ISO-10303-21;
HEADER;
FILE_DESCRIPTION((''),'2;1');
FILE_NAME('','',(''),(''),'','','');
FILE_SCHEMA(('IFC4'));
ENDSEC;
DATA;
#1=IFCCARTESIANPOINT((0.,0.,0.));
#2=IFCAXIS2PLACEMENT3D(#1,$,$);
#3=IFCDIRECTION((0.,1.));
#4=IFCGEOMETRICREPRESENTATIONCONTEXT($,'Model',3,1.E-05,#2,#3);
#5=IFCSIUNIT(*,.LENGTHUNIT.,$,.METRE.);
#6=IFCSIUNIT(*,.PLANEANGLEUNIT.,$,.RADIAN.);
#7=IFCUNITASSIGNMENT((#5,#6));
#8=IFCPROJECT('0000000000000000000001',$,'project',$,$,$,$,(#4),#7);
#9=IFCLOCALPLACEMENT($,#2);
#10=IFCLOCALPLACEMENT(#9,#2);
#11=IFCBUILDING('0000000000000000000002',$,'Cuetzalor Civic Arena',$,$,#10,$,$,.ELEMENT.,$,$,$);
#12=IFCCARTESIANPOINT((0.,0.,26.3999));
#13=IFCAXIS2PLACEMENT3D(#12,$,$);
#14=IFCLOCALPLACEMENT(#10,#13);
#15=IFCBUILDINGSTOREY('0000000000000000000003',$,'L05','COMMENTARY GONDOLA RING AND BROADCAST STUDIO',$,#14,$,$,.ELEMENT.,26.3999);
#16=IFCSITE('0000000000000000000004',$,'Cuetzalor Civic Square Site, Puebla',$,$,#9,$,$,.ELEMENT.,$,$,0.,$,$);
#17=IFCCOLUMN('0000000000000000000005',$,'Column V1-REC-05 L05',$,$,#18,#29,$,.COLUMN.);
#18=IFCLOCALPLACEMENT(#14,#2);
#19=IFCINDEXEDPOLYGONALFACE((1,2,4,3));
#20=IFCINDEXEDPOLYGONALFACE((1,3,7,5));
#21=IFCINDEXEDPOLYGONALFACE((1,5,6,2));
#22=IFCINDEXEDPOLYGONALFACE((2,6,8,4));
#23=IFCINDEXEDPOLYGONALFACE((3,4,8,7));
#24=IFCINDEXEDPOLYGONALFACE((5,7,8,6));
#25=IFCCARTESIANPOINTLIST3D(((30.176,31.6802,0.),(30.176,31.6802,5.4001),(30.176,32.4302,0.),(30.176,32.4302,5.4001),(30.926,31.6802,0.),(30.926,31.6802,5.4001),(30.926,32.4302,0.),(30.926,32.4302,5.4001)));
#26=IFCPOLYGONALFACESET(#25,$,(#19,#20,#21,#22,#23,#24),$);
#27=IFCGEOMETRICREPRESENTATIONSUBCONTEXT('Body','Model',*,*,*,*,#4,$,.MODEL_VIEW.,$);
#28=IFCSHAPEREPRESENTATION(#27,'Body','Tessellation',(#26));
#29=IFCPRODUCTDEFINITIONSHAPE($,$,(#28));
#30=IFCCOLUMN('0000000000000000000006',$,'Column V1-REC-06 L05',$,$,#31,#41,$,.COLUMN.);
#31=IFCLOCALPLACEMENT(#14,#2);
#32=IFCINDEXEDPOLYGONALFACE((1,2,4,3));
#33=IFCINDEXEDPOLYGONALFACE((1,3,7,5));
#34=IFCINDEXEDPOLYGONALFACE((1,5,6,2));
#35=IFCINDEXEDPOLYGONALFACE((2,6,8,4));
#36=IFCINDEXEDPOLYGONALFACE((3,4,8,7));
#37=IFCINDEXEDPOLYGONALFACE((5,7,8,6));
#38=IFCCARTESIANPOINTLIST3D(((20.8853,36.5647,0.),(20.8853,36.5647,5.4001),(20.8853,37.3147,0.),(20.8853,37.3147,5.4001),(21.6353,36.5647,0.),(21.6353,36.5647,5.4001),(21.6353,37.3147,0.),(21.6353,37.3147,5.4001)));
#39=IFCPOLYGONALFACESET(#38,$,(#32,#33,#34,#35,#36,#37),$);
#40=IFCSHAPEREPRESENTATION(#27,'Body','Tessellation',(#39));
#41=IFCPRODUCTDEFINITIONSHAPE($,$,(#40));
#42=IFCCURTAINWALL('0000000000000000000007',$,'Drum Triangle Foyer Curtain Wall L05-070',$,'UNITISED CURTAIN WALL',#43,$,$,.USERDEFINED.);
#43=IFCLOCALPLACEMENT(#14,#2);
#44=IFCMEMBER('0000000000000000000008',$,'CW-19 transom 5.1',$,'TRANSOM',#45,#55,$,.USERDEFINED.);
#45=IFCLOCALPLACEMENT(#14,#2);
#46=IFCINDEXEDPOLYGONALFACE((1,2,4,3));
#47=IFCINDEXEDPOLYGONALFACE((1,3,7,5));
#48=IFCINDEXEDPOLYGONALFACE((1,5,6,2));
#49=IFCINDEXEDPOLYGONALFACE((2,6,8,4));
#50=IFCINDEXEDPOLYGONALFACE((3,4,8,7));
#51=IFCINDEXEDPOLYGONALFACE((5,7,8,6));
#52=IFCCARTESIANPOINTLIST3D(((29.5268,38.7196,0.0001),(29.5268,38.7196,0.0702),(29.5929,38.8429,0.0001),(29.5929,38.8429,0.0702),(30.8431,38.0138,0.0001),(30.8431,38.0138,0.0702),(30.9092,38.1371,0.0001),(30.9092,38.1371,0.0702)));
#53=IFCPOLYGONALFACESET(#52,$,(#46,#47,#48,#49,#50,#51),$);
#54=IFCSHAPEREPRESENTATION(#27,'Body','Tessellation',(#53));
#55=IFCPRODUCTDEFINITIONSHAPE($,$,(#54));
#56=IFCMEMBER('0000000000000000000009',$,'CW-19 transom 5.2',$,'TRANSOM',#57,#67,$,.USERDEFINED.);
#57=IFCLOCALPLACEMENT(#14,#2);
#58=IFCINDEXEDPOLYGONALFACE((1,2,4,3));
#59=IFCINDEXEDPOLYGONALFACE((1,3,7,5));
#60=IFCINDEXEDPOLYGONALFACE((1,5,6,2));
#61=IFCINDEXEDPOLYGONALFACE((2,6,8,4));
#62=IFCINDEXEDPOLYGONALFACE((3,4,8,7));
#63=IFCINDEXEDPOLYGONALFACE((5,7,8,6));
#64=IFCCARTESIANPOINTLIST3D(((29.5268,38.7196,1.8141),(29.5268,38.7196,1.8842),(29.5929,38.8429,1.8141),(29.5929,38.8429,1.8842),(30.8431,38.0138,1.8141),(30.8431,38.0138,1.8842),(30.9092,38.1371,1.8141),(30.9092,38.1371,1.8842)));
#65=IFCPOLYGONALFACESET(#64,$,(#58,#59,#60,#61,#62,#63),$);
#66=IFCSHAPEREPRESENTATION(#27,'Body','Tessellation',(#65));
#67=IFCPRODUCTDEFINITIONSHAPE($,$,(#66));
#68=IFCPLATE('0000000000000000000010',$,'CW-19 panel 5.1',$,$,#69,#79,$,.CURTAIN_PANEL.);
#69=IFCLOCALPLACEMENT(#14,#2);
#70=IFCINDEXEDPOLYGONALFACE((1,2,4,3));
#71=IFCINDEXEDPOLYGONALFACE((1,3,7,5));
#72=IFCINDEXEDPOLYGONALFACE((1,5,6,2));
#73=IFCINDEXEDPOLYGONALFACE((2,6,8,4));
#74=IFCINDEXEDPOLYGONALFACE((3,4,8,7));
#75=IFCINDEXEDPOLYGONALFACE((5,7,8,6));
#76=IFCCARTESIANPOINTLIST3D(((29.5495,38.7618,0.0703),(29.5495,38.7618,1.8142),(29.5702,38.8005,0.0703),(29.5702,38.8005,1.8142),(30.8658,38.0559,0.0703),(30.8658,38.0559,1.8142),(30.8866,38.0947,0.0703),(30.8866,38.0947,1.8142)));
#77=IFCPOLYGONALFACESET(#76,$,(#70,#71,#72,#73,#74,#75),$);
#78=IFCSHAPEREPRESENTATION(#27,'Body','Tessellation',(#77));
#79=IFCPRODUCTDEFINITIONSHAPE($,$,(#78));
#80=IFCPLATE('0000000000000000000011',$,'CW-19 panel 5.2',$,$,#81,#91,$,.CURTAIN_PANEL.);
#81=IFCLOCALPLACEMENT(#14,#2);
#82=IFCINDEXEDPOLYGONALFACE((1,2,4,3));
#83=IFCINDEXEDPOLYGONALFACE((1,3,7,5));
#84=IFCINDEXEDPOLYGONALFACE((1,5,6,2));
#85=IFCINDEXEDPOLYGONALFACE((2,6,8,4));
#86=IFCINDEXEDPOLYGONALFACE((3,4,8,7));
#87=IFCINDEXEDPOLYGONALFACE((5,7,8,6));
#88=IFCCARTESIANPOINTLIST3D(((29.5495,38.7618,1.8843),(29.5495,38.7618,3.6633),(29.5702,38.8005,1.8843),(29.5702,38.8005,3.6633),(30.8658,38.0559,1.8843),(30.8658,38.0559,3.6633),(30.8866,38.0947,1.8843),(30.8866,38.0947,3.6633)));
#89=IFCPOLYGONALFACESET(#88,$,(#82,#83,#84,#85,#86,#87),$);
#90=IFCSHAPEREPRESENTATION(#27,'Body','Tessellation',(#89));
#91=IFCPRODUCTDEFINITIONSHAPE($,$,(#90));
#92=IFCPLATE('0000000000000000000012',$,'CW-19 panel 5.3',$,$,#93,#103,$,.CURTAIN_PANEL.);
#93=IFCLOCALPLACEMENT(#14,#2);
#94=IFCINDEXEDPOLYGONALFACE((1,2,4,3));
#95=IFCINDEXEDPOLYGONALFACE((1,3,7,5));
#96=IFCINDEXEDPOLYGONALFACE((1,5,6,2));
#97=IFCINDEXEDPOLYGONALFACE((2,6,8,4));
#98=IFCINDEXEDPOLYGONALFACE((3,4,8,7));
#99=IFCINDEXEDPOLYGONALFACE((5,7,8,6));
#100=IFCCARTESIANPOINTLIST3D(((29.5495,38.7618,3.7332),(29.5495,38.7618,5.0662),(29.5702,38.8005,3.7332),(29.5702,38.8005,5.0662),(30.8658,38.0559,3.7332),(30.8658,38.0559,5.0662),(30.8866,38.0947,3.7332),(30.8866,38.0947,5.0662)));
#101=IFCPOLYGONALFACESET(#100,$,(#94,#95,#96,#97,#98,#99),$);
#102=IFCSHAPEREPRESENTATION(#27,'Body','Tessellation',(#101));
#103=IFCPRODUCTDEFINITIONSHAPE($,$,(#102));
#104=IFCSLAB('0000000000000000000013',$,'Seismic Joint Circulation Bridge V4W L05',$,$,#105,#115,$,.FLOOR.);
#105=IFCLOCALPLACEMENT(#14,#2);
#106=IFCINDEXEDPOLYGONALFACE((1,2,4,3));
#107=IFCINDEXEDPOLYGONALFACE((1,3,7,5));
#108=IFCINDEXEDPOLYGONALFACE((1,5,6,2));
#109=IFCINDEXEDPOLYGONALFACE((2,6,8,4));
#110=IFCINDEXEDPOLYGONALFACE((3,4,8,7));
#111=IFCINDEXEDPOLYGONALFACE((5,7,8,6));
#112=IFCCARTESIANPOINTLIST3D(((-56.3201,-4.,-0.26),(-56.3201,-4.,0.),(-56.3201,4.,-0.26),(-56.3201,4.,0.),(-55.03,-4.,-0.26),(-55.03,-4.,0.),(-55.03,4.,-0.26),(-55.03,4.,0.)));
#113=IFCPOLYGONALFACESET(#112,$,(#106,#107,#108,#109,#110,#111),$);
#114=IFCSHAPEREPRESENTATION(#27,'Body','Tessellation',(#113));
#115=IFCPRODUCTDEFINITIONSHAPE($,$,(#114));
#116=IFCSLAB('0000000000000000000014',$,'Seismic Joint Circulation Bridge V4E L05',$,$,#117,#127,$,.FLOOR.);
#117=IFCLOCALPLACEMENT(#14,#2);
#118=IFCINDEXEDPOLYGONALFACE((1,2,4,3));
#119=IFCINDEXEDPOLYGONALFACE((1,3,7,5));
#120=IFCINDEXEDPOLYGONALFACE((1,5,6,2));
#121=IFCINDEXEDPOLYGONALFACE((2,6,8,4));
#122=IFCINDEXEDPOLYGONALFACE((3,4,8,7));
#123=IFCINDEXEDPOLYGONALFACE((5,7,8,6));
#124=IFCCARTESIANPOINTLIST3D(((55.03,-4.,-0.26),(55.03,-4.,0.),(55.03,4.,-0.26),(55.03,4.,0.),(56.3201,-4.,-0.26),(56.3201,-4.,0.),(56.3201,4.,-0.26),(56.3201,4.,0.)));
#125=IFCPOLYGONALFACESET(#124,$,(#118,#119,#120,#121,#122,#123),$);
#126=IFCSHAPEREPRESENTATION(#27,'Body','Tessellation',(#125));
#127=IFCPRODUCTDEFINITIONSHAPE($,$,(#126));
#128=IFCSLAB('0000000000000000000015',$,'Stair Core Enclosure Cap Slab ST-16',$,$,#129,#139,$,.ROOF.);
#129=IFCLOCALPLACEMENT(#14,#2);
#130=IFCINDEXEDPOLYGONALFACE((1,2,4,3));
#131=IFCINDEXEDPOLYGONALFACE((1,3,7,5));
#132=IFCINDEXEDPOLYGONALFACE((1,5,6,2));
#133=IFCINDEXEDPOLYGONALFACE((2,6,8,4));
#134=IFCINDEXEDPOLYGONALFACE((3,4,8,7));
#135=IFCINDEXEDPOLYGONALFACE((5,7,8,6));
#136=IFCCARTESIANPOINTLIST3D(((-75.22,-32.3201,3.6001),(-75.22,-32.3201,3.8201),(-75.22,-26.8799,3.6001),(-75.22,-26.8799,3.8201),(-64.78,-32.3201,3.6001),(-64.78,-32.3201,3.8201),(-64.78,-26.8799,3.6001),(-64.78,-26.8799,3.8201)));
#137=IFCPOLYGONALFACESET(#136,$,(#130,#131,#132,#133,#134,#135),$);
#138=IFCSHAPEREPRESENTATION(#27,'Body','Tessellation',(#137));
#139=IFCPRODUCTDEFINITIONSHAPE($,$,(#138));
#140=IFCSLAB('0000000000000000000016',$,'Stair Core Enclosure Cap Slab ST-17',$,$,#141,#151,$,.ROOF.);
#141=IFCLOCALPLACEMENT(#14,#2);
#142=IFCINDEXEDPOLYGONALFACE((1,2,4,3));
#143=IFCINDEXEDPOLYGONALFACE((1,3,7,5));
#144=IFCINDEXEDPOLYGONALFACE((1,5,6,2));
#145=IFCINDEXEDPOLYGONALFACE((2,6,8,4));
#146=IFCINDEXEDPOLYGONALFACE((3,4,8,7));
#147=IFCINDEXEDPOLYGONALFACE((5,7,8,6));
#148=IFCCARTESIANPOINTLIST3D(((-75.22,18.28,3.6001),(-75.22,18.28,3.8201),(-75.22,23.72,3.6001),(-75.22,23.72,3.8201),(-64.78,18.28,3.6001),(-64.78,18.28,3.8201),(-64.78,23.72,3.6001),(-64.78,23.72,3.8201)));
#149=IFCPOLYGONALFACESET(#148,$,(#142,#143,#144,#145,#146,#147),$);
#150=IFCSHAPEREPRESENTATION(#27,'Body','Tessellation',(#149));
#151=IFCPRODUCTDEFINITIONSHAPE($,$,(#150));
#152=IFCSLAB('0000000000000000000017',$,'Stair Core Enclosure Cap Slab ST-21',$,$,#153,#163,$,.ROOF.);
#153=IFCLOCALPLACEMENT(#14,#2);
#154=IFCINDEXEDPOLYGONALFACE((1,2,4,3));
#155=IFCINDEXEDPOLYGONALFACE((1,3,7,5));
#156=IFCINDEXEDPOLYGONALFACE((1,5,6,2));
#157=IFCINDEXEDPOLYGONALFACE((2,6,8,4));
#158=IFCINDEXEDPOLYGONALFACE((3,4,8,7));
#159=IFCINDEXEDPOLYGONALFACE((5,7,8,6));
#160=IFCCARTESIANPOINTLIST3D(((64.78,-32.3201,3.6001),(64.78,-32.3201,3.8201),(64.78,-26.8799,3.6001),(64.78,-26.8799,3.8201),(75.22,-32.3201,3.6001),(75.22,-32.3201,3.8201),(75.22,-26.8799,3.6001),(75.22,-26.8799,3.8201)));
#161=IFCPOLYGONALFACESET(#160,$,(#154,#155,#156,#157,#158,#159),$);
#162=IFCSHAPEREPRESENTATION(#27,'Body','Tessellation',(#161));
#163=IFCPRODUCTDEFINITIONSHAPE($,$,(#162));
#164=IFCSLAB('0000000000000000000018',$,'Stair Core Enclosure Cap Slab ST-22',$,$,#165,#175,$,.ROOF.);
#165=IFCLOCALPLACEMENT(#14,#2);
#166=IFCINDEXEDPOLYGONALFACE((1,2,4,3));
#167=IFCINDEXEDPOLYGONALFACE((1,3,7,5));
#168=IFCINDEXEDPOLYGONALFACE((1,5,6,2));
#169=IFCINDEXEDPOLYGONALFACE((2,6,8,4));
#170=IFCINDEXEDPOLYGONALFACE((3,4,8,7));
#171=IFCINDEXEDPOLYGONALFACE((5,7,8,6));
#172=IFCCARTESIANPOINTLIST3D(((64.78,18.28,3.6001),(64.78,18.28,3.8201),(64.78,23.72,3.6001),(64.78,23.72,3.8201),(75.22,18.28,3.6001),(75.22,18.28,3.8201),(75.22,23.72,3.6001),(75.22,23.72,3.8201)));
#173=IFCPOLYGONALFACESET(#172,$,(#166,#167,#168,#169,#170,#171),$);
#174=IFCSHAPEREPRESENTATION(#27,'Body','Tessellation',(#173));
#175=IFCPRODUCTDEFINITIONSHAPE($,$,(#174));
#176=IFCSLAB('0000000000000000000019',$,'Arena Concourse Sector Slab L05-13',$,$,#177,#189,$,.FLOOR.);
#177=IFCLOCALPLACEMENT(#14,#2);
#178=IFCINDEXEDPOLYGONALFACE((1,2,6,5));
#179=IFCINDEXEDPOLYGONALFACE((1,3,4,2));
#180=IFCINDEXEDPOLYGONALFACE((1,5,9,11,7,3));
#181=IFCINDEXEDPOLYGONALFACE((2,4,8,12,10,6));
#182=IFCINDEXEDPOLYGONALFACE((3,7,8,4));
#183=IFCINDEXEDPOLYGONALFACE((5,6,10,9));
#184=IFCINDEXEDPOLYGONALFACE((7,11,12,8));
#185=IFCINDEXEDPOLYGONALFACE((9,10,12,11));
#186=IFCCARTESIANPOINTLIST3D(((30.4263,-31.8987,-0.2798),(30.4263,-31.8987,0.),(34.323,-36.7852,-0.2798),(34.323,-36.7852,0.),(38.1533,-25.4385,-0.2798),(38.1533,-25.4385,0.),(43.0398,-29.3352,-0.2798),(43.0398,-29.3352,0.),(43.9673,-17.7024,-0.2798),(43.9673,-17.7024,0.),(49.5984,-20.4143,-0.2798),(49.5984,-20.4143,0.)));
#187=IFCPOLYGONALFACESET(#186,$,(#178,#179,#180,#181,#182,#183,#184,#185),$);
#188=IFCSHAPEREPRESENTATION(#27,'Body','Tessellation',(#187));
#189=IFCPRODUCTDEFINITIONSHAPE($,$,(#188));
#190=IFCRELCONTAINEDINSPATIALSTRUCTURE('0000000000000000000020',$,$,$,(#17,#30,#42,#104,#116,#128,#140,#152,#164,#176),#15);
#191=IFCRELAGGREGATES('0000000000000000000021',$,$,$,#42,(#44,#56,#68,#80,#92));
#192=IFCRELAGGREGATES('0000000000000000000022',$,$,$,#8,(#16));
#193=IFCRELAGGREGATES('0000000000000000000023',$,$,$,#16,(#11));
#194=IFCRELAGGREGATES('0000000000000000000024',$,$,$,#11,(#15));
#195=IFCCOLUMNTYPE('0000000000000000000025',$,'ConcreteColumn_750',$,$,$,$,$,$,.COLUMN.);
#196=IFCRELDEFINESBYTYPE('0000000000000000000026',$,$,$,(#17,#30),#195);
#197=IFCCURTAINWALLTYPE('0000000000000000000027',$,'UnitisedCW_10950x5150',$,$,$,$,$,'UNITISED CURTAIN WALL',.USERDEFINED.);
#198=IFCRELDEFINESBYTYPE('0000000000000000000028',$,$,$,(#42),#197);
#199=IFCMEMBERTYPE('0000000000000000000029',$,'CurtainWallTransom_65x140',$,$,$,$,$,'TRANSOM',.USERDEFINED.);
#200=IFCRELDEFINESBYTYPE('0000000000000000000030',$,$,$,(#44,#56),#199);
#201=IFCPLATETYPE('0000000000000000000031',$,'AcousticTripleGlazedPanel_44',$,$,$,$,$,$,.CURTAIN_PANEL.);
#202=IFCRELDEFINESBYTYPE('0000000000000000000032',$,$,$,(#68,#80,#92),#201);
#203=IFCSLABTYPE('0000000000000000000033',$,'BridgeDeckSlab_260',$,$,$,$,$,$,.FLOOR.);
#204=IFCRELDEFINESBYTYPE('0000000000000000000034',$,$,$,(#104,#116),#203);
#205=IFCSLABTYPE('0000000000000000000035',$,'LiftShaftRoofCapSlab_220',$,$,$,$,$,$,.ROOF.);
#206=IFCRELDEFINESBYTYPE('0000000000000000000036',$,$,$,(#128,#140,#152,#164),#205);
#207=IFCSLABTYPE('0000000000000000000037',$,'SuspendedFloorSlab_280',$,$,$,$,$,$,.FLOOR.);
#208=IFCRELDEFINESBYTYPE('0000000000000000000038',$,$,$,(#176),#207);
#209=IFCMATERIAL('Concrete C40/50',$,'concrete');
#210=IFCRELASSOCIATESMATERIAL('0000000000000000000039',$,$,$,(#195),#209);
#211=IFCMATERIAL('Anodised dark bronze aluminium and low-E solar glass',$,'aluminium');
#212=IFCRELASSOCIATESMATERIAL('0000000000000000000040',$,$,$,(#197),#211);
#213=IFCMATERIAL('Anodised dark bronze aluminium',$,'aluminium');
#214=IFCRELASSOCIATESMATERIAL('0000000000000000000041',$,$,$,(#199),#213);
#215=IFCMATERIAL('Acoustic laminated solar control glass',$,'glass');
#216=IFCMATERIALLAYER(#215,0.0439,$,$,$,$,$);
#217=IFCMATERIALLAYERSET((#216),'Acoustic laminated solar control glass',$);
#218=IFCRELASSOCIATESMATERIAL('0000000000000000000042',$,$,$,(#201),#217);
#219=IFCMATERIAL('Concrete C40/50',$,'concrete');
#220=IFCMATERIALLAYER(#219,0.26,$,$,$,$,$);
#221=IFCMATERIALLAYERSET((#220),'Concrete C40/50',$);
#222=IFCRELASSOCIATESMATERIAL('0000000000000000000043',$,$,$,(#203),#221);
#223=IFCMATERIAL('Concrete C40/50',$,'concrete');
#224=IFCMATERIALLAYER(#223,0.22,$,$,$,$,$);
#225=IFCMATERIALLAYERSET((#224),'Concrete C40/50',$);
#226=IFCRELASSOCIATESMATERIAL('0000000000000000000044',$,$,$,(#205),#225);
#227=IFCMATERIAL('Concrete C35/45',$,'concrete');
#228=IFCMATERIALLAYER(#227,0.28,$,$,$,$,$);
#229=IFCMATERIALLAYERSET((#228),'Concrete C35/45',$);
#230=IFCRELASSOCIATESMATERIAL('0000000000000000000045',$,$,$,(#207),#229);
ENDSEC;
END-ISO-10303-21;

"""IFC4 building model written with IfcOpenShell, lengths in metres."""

from ifc_helpers import new_model, si_unit, direction, frame, origin, origin_2d, place, context, subcontext, project, spatial, polyline, rectangle, outline, extrude, material, layer, layer_set, material_profile, profile_set, type_object, element, aggregate, save


model = new_model("IFC4")

# Units and contexts
model_context = context("Model", 3, precision=1e-05, world=origin(), true_north=direction((0.0, 1.0)))
body_context = subcontext(model_context, "Body", "Model", "MODEL_VIEW")
ifc_project = project(units=[si_unit("LENGTHUNIT", "METRE"), si_unit("PLANEANGLEUNIT", "RADIAN")], contexts=[model_context])

# Site, building, storey
site_placement = place(None, origin())
site = spatial("IfcSite", under=ifc_project, at=site_placement, Name="Cuetzalor Civic Square Site, Puebla", CompositionType="ELEMENT", RefElevation=0.0)
building_placement = place(site_placement, origin())
building = spatial("IfcBuilding", under=site, at=building_placement, Name="Cuetzalor Civic Arena", CompositionType="ELEMENT")
storey_placement = place(building_placement, frame((0.0, 0.0, 26.3999)))
storey = spatial("IfcBuildingStorey", under=building, at=storey_placement, Name="L05", Description="COMMENTARY GONDOLA RING AND BROADCAST STUDIO", CompositionType="ELEMENT", Elevation=26.3999)

# Columns
ifc_material_1 = material(Name="Concrete C40/50", Category="concrete")
ifc_material_profile_1 = material_profile(ifc_material_1, rectangle(XDim=0.75, YDim=0.75, at=origin_2d()), Name="RC 750x750")
ifc_profile_set_1 = profile_set([ifc_material_profile_1], Name="Concrete C40/50")
column_type = type_object("IfcColumnType", Name="ConcreteColumn_750", PredefinedType="COLUMN", material=ifc_profile_set_1)
for number, where, z_axis, x_axis, name in (
    (1, (30.551, 32.0552, 0.0), (0.0, 0.0, 1.0), (1.0, 0.0, 0.0), "Column V1-REC-05 L05"),
    (2, (21.2603, 36.9397, 0.0), (0.0, 0.0, 1.0), (1.0, 0.0, 0.0), "Column V1-REC-06 L05"),
):
    element("IfcColumn", number, at=place(storey_placement, frame(where, z_axis=z_axis, x_axis=x_axis)), inside=storey, type_object=column_type, Name=name, PredefinedType="COLUMN", context=body_context, shape_type="SweptSolid", body=[
        extrude(rectangle(XDim=0.75, YDim=0.75, at=origin_2d()), origin(), (0.0, 0.0, 1.0), 5.4001),
    ])

# Curtain wall, members, plates
ifc_material_2 = material(Name="Anodised dark bronze aluminium and low-E solar glass", Category="aluminium")
curtain_wall_type = type_object("IfcCurtainWallType", Name="UnitisedCW_10950x5150", ElementType="UNITISED CURTAIN WALL", PredefinedType="USERDEFINED", material=ifc_material_2)
curtain_wall_placement = place(storey_placement, origin())
curtain_wall = element("IfcCurtainWall", 3, at=curtain_wall_placement, inside=storey, type_object=curtain_wall_type, Name="Drum Triangle Foyer Curtain Wall L05-070", ObjectType="UNITISED CURTAIN WALL", PredefinedType="USERDEFINED")
ifc_material_3 = material(Name="Anodised dark bronze aluminium", Category="aluminium")
ifc_material_profile_2 = material_profile(ifc_material_3, rectangle(XDim=0.1399, YDim=0.0701, at=origin_2d()), Name="ALU TRANSOM 70x140")
ifc_profile_set_2 = profile_set([ifc_material_profile_2], Name="Anodised dark bronze aluminium")
member_type = type_object("IfcMemberType", Name="CurtainWallTransom_65x140", ElementType="TRANSOM", PredefinedType="USERDEFINED", material=ifc_profile_set_2)
member_1_placement = place(storey_placement, frame((29.5598, 38.7812, 0.0352), z_axis=(0.881315, -0.47253, 0.0), x_axis=(0.47253, 0.881315, 0.0)))
member_1 = element("IfcMember", 4, at=member_1_placement, type_object=member_type, Name="CW-19 transom 5.1", ObjectType="TRANSOM", PredefinedType="USERDEFINED", context=body_context, shape_type="SweptSolid", body=[
    extrude(rectangle(XDim=0.1399, YDim=0.0701, at=origin_2d()), origin(), (0.0, 0.0, 1.0), 1.4937),
])
member_2_placement = place(storey_placement, frame((29.5598, 38.7812, 1.8491), z_axis=(0.881315, -0.47253, 0.0), x_axis=(0.47253, 0.881315, 0.0)))
member_2 = element("IfcMember", 5, at=member_2_placement, type_object=member_type, Name="CW-19 transom 5.2", ObjectType="TRANSOM", PredefinedType="USERDEFINED", context=body_context, shape_type="SweptSolid", body=[
    extrude(rectangle(XDim=0.1399, YDim=0.0701, at=origin_2d()), origin(), (0.0, 0.0, 1.0), 1.4937),
])
ifc_material_4 = material(Name="Acoustic laminated solar control glass", Category="glass")
ifc_layer_1 = layer(ifc_material_4, 0.0439)
ifc_layer_set_1 = layer_set([ifc_layer_1], Name="Acoustic laminated solar control glass")
plate_type = type_object("IfcPlateType", Name="AcousticTripleGlazedPanel_44", PredefinedType="CURTAIN_PANEL", material=ifc_layer_set_1)
plate_1_placement = place(storey_placement, frame((30.218, 38.4282, 0.0703), z_axis=(0.0, 0.0, 1.0), x_axis=(0.881306, -0.472545, 0.0)))
plate_1 = element("IfcPlate", 6, at=plate_1_placement, type_object=plate_type, Name="CW-19 panel 5.1", PredefinedType="CURTAIN_PANEL", context=body_context, shape_type="SweptSolid", body=[
    extrude(rectangle(XDim=1.4937, YDim=0.0439, at=origin_2d()), origin(), (0.0, 0.0, 1.0), 1.7439),
])
plate_2_placement = place(storey_placement, frame((30.218, 38.4282, 1.8843), z_axis=(0.0, 0.0, 1.0), x_axis=(0.881306, -0.472545, 0.0)))
plate_2 = element("IfcPlate", 7, at=plate_2_placement, type_object=plate_type, Name="CW-19 panel 5.2", PredefinedType="CURTAIN_PANEL", context=body_context, shape_type="SweptSolid", body=[
    extrude(rectangle(XDim=1.4937, YDim=0.0439, at=origin_2d()), origin(), (0.0, 0.0, 1.0), 1.7791),
])
plate_3_placement = place(storey_placement, frame((30.218, 38.4282, 3.7332), z_axis=(0.0, 0.0, 1.0), x_axis=(0.881306, -0.472545, 0.0)))
plate_3 = element("IfcPlate", 8, at=plate_3_placement, type_object=plate_type, Name="CW-19 panel 5.3", PredefinedType="CURTAIN_PANEL", context=body_context, shape_type="SweptSolid", body=[
    extrude(rectangle(XDim=1.4937, YDim=0.0439, at=origin_2d()), origin(), (0.0, 0.0, 1.0), 1.333),
])
aggregate(curtain_wall, [member_1, member_2, plate_1, plate_2, plate_3])

# Slabs
ifc_material_5 = material(Name="Concrete C40/50", Category="concrete")
ifc_layer_2 = layer(ifc_material_5, 0.26)
ifc_layer_set_2 = layer_set([ifc_layer_2], Name="Concrete C40/50")
slab_type_1 = type_object("IfcSlabType", Name="BridgeDeckSlab_260", PredefinedType="FLOOR", material=ifc_layer_set_2)
slab_1_placement = place(storey_placement, frame((0.0, 0.0, -0.26)))
element("IfcSlab", 9, at=slab_1_placement, inside=storey, type_object=slab_type_1, Name="Seismic Joint Circulation Bridge V4W L05", PredefinedType="FLOOR", context=body_context, shape_type="SweptSolid", body=[
    extrude(outline(polyline([(-56.3201, -4.0), (-55.03, -4.0), (-55.03, 4.0), (-56.3201, 4.0), (-56.3201, -4.0)])), origin(), (0.0, 0.0, 1.0), 0.26),
])
slab_2_placement = place(storey_placement, frame((0.0, 0.0, -0.26)))
element("IfcSlab", 10, at=slab_2_placement, inside=storey, type_object=slab_type_1, Name="Seismic Joint Circulation Bridge V4E L05", PredefinedType="FLOOR", context=body_context, shape_type="SweptSolid", body=[
    extrude(outline(polyline([(55.03, -4.0), (56.3201, -4.0), (56.3201, 4.0), (55.03, 4.0), (55.03, -4.0)])), origin(), (0.0, 0.0, 1.0), 0.26),
])
ifc_material_6 = material(Name="Concrete C40/50", Category="concrete")
ifc_layer_3 = layer(ifc_material_6, 0.22)
ifc_layer_set_3 = layer_set([ifc_layer_3], Name="Concrete C40/50")
slab_type_2 = type_object("IfcSlabType", Name="LiftShaftRoofCapSlab_220", PredefinedType="ROOF", material=ifc_layer_set_3)
slab_3_placement = place(storey_placement, frame((0.0, 0.0, 3.6001)))
element("IfcSlab", 11, at=slab_3_placement, inside=storey, type_object=slab_type_2, Name="Stair Core Enclosure Cap Slab ST-16", PredefinedType="ROOF", context=body_context, shape_type="SweptSolid", body=[
    extrude(outline(polyline([(-75.22, -32.3201), (-64.78, -32.3201), (-64.78, -26.8799), (-75.22, -26.8799), (-75.22, -32.3201)])), origin(), (0.0, 0.0, 1.0), 0.22),
])
slab_4_placement = place(storey_placement, frame((0.0, 0.0, 3.6001)))
element("IfcSlab", 12, at=slab_4_placement, inside=storey, type_object=slab_type_2, Name="Stair Core Enclosure Cap Slab ST-17", PredefinedType="ROOF", context=body_context, shape_type="SweptSolid", body=[
    extrude(outline(polyline([(-75.22, 18.28), (-64.78, 18.28), (-64.78, 23.72), (-75.22, 23.72), (-75.22, 18.28)])), origin(), (0.0, 0.0, 1.0), 0.22),
])
slab_5_placement = place(storey_placement, frame((0.0, 0.0, 3.6001)))
element("IfcSlab", 13, at=slab_5_placement, inside=storey, type_object=slab_type_2, Name="Stair Core Enclosure Cap Slab ST-21", PredefinedType="ROOF", context=body_context, shape_type="SweptSolid", body=[
    extrude(outline(polyline([(64.78, -32.3201), (75.22, -32.3201), (75.22, -26.8799), (64.78, -26.8799), (64.78, -32.3201)])), origin(), (0.0, 0.0, 1.0), 0.22),
])
slab_6_placement = place(storey_placement, frame((0.0, 0.0, 3.6001)))
element("IfcSlab", 14, at=slab_6_placement, inside=storey, type_object=slab_type_2, Name="Stair Core Enclosure Cap Slab ST-22", PredefinedType="ROOF", context=body_context, shape_type="SweptSolid", body=[
    extrude(outline(polyline([(64.78, 18.28), (75.22, 18.28), (75.22, 23.72), (64.78, 23.72), (64.78, 18.28)])), origin(), (0.0, 0.0, 1.0), 0.22),
])
ifc_material_7 = material(Name="Concrete C35/45", Category="concrete")
ifc_layer_4 = layer(ifc_material_7, 0.28)
ifc_layer_set_4 = layer_set([ifc_layer_4], Name="Concrete C35/45")
slab_type_3 = type_object("IfcSlabType", Name="SuspendedFloorSlab_280", PredefinedType="FLOOR", material=ifc_layer_set_4)
slab_7_placement = place(storey_placement, frame((0.0, 0.0, -0.2798)))
element("IfcSlab", 15, at=slab_7_placement, inside=storey, type_object=slab_type_3, Name="Arena Concourse Sector Slab L05-13", PredefinedType="FLOOR", context=body_context, shape_type="SweptSolid", body=[
    extrude(outline(polyline([(30.4263, -31.8987), (38.1533, -25.4385), (43.9673, -17.7024), (49.5984, -20.4143), (43.0398, -29.3352), (34.323, -36.7852), (30.4263, -31.8987)])), origin(), (0.0, 0.0, 1.0), 0.2798),
])

save(model, "model.ifc")
